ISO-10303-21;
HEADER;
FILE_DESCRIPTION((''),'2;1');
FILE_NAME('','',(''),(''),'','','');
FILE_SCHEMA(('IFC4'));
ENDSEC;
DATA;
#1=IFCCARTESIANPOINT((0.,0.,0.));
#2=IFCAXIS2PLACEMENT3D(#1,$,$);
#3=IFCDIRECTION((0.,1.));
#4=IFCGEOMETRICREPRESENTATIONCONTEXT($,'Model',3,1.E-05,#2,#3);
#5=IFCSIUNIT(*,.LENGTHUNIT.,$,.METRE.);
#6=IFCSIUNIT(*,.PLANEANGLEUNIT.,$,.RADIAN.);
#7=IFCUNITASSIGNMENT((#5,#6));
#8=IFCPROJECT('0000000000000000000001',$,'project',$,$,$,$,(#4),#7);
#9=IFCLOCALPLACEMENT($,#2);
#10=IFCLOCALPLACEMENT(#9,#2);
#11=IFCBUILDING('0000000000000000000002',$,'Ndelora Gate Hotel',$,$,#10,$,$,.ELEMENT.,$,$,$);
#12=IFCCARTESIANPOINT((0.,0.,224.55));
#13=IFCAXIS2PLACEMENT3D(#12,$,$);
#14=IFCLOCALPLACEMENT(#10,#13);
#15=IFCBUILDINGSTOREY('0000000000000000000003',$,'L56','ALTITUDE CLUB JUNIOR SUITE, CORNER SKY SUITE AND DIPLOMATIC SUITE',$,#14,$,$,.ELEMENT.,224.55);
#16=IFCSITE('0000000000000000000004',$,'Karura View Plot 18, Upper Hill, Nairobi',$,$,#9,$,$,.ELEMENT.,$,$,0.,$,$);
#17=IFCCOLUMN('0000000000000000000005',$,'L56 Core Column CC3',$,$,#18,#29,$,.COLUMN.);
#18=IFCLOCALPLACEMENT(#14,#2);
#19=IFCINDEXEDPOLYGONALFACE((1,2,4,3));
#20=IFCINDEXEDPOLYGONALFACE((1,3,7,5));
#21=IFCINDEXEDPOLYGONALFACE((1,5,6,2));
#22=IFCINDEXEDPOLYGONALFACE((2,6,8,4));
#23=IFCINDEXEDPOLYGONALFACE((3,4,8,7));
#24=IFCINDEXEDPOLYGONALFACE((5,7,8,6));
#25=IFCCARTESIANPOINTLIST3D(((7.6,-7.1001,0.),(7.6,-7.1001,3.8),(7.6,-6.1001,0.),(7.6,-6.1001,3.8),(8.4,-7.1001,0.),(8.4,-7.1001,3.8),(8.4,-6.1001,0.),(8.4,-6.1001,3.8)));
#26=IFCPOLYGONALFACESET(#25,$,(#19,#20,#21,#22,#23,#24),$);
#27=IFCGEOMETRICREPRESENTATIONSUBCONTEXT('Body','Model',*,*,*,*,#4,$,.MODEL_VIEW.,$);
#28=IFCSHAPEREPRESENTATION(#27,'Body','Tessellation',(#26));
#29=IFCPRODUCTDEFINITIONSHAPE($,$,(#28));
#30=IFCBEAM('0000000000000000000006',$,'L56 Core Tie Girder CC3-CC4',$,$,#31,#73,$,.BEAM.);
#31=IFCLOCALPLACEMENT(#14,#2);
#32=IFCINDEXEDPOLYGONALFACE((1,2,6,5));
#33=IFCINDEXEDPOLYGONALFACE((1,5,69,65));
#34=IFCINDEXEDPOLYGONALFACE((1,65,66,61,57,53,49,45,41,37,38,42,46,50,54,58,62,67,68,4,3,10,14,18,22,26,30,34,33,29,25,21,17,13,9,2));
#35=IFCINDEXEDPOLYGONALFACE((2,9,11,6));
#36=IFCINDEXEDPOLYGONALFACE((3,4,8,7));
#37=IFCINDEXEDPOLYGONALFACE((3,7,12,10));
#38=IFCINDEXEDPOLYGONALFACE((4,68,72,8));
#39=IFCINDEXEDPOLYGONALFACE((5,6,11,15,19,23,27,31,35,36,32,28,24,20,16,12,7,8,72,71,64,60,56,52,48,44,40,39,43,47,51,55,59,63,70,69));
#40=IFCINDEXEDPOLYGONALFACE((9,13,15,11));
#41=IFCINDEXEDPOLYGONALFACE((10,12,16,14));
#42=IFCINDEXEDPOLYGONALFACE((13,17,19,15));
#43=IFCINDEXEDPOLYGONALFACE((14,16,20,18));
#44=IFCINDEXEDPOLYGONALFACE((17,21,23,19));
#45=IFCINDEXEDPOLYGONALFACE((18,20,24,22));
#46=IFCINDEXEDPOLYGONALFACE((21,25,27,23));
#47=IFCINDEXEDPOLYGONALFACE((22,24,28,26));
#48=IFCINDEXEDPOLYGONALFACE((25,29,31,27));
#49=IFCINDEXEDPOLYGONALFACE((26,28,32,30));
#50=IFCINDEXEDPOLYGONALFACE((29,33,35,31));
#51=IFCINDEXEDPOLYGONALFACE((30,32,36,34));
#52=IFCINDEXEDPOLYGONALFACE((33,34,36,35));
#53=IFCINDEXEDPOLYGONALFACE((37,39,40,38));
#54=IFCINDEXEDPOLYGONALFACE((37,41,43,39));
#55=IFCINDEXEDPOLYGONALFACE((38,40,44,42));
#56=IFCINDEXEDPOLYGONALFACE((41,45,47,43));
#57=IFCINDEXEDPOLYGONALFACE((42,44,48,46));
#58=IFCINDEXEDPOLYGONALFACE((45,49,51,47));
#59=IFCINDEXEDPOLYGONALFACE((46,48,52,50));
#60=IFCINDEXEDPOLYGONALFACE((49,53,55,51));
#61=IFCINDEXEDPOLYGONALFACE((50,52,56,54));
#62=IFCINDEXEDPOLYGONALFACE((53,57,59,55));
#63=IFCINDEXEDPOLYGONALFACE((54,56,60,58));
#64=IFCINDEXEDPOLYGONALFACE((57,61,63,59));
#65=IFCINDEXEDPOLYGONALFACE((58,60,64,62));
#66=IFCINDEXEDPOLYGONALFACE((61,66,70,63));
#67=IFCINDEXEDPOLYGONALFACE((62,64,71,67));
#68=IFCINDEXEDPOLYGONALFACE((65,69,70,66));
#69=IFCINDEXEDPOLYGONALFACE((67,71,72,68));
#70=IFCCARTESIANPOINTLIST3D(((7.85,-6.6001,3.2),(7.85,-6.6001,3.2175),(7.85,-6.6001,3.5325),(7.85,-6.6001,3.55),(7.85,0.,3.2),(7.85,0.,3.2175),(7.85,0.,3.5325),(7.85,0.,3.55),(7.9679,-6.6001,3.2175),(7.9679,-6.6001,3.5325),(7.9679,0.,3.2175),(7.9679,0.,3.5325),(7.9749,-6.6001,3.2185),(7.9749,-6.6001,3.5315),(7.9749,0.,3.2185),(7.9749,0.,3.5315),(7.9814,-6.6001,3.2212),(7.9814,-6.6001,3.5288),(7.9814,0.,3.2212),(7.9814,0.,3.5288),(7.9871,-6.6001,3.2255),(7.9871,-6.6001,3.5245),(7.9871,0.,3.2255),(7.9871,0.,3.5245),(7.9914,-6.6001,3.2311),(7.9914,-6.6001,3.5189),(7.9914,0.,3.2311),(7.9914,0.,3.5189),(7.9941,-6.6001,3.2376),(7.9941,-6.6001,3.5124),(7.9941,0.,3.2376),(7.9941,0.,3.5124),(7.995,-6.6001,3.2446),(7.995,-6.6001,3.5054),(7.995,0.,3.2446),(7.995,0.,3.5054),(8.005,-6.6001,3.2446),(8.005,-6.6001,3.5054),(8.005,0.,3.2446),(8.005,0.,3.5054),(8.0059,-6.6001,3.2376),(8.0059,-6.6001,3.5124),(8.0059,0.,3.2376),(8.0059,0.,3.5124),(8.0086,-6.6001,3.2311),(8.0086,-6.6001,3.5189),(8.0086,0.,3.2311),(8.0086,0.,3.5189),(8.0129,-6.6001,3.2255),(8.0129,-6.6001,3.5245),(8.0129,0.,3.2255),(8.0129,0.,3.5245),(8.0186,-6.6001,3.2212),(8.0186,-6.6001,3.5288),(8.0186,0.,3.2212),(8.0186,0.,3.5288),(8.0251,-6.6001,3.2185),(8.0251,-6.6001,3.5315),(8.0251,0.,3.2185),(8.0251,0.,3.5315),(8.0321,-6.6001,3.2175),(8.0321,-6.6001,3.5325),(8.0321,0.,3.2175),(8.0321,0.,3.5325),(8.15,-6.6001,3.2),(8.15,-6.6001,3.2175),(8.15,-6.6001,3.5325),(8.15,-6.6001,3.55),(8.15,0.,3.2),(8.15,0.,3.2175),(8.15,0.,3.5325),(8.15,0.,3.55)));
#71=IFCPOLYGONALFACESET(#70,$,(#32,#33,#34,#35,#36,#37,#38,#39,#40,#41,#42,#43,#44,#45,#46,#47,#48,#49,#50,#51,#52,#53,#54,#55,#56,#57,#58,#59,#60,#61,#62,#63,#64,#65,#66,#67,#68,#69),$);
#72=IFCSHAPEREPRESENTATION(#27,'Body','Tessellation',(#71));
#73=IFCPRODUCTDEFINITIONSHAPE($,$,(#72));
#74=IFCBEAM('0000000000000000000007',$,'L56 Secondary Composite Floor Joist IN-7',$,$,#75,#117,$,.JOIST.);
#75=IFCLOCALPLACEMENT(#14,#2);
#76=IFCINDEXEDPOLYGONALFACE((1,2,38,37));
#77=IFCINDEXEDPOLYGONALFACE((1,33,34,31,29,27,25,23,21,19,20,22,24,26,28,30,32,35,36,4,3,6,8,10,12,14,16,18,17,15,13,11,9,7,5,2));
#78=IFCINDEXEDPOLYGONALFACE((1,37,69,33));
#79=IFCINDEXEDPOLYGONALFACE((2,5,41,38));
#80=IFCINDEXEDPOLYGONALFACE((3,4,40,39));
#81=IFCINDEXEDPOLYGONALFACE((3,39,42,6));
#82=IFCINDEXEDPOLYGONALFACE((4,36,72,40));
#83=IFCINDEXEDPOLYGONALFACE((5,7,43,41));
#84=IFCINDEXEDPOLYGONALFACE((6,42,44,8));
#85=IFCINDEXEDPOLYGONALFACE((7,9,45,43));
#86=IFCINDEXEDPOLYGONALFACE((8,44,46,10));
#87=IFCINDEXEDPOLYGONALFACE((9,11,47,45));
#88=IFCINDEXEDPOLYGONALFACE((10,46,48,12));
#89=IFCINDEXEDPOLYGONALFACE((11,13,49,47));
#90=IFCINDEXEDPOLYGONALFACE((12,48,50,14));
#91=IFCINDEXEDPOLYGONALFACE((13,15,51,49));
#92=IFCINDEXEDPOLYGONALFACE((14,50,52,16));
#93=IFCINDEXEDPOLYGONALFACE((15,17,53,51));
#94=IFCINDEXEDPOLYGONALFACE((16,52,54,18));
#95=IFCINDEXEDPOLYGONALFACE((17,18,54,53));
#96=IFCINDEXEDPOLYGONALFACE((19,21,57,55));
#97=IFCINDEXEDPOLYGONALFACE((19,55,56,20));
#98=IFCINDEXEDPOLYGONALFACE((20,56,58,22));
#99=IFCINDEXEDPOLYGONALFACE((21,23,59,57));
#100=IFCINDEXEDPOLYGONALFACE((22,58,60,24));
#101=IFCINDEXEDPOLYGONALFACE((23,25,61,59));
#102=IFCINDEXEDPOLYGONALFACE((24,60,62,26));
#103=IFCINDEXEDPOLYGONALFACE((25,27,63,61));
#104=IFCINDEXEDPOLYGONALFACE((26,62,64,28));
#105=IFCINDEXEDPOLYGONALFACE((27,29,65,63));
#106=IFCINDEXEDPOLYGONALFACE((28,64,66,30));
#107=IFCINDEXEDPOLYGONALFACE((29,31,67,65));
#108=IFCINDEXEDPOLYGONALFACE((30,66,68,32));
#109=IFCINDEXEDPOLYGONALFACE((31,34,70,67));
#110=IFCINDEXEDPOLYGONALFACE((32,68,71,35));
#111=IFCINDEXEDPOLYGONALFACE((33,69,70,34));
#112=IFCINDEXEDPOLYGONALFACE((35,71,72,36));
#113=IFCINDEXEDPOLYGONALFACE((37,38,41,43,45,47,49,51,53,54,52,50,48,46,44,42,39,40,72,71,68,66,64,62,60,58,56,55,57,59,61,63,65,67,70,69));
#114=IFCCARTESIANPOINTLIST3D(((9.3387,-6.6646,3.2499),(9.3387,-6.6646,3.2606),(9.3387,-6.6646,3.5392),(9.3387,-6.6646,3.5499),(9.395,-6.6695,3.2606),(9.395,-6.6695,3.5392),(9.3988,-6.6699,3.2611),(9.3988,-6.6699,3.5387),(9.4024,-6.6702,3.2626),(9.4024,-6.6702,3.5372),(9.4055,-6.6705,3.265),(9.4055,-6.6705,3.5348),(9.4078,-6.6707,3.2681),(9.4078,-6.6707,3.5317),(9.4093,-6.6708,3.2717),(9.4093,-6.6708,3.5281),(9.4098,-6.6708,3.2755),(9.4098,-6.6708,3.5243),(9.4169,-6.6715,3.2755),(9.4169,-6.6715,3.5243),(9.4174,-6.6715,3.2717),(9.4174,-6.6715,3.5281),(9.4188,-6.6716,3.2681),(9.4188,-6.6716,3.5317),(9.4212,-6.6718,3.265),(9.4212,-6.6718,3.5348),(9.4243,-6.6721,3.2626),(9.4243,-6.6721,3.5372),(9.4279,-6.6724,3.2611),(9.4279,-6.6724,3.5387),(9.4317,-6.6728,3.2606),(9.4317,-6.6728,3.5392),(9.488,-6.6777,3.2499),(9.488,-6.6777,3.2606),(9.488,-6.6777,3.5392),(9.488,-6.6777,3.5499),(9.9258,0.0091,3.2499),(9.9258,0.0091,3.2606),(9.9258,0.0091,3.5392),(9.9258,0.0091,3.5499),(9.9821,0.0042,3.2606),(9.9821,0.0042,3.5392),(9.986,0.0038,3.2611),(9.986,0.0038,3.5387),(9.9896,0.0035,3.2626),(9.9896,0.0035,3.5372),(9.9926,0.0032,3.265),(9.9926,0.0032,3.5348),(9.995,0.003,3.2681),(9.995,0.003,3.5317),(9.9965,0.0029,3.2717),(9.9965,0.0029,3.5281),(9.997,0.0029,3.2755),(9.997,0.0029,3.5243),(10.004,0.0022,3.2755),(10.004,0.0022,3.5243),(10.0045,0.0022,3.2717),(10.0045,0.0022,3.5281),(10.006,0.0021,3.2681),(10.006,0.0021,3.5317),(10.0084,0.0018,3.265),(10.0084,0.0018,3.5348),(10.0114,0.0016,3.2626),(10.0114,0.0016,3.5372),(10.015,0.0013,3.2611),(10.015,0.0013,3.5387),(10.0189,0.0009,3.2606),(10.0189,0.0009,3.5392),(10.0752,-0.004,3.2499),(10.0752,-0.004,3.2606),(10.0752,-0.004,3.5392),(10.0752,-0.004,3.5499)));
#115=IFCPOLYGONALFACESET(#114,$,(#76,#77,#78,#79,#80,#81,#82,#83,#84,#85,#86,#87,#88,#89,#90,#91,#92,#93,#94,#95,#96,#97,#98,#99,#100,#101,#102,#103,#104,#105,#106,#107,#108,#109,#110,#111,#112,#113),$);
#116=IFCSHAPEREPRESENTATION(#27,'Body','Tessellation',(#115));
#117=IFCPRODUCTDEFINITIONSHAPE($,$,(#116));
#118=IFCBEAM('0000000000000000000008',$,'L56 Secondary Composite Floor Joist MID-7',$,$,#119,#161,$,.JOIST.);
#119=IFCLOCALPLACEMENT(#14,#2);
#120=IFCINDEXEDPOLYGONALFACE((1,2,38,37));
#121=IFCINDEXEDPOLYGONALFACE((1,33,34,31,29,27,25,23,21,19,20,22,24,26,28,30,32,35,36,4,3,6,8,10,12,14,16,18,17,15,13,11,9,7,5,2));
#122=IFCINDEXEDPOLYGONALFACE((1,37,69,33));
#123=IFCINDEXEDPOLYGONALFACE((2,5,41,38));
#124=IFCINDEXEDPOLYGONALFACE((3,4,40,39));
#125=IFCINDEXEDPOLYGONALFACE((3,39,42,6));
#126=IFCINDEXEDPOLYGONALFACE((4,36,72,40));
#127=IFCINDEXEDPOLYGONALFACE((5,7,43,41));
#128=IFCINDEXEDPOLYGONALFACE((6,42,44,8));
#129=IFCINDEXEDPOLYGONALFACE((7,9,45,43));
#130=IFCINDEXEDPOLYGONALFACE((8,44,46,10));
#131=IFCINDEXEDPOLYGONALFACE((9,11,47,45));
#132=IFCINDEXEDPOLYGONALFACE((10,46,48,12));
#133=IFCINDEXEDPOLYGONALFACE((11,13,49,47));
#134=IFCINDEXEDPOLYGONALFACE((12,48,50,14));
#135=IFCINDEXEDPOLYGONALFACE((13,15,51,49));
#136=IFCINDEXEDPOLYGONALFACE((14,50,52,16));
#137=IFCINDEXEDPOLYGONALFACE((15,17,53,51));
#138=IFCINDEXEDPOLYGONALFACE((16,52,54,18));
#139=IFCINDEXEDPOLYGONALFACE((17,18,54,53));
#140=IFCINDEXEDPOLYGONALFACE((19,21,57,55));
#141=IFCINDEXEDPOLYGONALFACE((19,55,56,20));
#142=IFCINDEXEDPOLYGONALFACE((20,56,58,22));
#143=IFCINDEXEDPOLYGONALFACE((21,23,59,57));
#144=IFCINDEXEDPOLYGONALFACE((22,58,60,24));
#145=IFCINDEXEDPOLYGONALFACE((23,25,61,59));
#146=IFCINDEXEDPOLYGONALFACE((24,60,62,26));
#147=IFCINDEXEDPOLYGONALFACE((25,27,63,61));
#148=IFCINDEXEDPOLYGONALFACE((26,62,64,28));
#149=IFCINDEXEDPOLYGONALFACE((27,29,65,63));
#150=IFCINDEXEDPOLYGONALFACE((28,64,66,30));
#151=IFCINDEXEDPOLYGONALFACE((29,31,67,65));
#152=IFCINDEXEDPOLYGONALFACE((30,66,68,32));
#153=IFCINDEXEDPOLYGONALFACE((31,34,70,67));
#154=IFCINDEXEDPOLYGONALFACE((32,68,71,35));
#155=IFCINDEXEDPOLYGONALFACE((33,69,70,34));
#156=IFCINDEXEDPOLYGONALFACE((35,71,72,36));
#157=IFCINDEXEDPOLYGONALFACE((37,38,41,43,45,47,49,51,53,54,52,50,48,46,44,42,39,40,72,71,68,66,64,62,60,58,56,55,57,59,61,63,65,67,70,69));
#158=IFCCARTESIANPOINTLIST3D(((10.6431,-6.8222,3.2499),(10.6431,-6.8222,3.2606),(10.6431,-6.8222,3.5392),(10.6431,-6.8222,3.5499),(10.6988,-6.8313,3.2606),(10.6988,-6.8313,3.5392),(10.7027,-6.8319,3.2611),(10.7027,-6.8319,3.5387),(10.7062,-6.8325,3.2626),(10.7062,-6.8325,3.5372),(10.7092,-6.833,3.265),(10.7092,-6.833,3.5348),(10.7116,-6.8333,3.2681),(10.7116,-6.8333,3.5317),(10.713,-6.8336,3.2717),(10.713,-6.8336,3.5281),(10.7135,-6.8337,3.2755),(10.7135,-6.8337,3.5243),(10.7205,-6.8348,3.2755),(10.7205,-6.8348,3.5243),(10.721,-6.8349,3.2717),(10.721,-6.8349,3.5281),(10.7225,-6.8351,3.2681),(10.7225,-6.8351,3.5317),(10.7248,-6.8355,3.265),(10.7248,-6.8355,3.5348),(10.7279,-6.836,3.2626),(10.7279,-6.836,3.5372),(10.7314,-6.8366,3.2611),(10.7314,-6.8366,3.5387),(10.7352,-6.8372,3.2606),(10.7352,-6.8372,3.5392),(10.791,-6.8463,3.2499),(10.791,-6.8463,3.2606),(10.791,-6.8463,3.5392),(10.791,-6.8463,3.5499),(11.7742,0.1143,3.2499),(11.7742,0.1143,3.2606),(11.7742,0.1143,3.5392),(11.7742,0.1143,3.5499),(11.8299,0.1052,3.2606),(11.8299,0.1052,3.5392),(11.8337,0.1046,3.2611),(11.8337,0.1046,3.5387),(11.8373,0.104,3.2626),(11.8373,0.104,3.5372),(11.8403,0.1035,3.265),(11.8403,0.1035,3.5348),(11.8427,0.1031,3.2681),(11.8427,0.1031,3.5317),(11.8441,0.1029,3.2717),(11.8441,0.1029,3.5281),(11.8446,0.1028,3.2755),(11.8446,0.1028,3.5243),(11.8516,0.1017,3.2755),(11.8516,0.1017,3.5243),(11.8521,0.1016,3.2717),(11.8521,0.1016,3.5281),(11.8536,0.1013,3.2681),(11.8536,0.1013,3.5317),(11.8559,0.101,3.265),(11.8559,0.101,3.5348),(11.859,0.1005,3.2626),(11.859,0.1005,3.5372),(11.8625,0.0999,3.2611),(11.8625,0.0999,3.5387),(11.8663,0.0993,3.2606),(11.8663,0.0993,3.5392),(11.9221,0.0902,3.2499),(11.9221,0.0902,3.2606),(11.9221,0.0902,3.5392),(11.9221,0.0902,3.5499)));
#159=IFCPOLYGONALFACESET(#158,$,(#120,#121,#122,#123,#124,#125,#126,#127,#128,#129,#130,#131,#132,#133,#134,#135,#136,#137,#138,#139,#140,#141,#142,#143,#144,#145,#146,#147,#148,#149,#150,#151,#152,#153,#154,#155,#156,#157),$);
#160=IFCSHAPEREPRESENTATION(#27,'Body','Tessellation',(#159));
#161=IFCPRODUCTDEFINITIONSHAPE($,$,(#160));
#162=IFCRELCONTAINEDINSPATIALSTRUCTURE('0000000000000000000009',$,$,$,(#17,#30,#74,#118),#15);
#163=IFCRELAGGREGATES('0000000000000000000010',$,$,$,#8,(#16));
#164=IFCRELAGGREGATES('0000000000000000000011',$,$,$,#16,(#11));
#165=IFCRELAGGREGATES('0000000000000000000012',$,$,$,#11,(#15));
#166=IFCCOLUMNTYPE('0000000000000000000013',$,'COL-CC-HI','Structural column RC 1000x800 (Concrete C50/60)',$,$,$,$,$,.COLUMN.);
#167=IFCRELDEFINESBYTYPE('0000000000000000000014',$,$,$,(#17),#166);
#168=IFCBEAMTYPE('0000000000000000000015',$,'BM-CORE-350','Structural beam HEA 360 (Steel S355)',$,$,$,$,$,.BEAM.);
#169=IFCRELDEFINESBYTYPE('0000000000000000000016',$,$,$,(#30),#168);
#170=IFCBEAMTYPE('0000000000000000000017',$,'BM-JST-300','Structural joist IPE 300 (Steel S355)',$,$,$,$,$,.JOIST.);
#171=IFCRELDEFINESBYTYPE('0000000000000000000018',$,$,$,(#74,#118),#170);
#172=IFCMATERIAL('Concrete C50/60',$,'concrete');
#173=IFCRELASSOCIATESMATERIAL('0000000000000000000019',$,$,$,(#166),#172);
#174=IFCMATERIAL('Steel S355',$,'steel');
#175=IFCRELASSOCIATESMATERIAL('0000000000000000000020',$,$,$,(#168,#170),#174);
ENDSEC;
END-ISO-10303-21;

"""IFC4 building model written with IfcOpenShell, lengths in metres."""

from ifc_helpers import new_model, si_unit, direction, frame, origin, origin_2d, place, context, subcontext, project, spatial, rectangle, i_section, extrude, material, material_profile, profile_set, type_object, element, save


model = new_model("IFC4")

# Units and contexts
model_context = context("Model", 3, precision=1e-05, world=origin(), true_north=direction((0.0, 1.0)))
body_context = subcontext(model_context, "Body", "Model", "MODEL_VIEW")
ifc_project = project(units=[si_unit("LENGTHUNIT", "METRE"), si_unit("PLANEANGLEUNIT", "RADIAN")], contexts=[model_context])

# Site, building, storey
site_placement = place(None, origin())
site = spatial("IfcSite", under=ifc_project, at=site_placement, Name="Karura View Plot 18, Upper Hill, Nairobi", CompositionType="ELEMENT", RefElevation=0.0)
building_placement = place(site_placement, origin())
building = spatial("IfcBuilding", under=site, at=building_placement, Name="Ndelora Gate Hotel", CompositionType="ELEMENT")
storey_placement = place(building_placement, frame((0.0, 0.0, 224.55)))
storey = spatial("IfcBuildingStorey", under=building, at=storey_placement, Name="L56", Description="ALTITUDE CLUB JUNIOR SUITE, CORNER SKY SUITE AND DIPLOMATIC SUITE", CompositionType="ELEMENT", Elevation=224.55)

# Column
ifc_material_1 = material(Name="Concrete C50/60", Category="concrete")
ifc_material_profile_1 = material_profile(ifc_material_1, rectangle(XDim=0.8, YDim=1.0, at=origin_2d()), Name="RC 1000x800")
ifc_profile_set_1 = profile_set([ifc_material_profile_1], Name="Concrete C50/60")
column_type = type_object("IfcColumnType", Name="COL-CC-HI", Description="Structural column RC 1000x800 (Concrete C50/60)", PredefinedType="COLUMN", material=ifc_profile_set_1)
column_placement = place(storey_placement, frame((8.0, -6.6001, 0.0), z_axis=(0.0, 0.0, 1.0), x_axis=(1.0, 0.0, 0.0)))
element("IfcColumn", 1, at=column_placement, inside=storey, type_object=column_type, Name="L56 Core Column CC3", PredefinedType="COLUMN", context=body_context, shape_type="SweptSolid", body=[
    extrude(rectangle(XDim=0.8, YDim=1.0, at=origin_2d()), origin(), (0.0, 0.0, 1.0), 3.8),
])

# Beams
ifc_material_2 = material(Name="Steel S355", Category="steel")
ifc_material_profile_2 = material_profile(ifc_material_2, i_section(OverallWidth=0.3, OverallDepth=0.3501, WebThickness=0.01, FlangeThickness=0.0176, FilletRadius=0.0271, at=origin_2d()), Name="HEA 360")
ifc_profile_set_2 = profile_set([ifc_material_profile_2], Name="Steel S355")
beam_type_1 = type_object("IfcBeamType", Name="BM-CORE-350", Description="Structural beam HEA 360 (Steel S355)", PredefinedType="BEAM", material=ifc_profile_set_2)
beam_1_placement = place(storey_placement, frame((8.0, -6.6001, 3.375), z_axis=(0.0, 1.0, 0.0), x_axis=(-1.0, 0.0, 0.0)))
element("IfcBeam", 2, at=beam_1_placement, inside=storey, type_object=beam_type_1, Name="L56 Core Tie Girder CC3-CC4", PredefinedType="BEAM", context=body_context, shape_type="SweptSolid", body=[
    extrude(i_section(OverallWidth=0.3, OverallDepth=0.3501, WebThickness=0.01, FlangeThickness=0.0176, FilletRadius=0.0271, at=origin_2d()), origin(), (0.0, 0.0, 1.0), 6.6001),
])
ifc_material_profile_3 = material_profile(ifc_material_2, i_section(OverallWidth=0.1499, OverallDepth=0.3, WebThickness=0.0071, FlangeThickness=0.0107, FilletRadius=0.0149, at=origin_2d()), Name="IPE 300")
ifc_profile_set_3 = profile_set([ifc_material_profile_3], Name="Steel S355")
beam_type_2 = type_object("IfcBeamType", Name="BM-JST-300", Description="Structural joist IPE 300 (Steel S355)", PredefinedType="JOIST", material=ifc_profile_set_3)
beam_2_placement = place(storey_placement, frame((9.4133, -6.6711, 3.3999), z_axis=(0.087644, 0.996152, 0.0), x_axis=(-0.996152, 0.087644, 0.0)))
element("IfcBeam", 3, at=beam_2_placement, inside=storey, type_object=beam_type_2, Name="L56 Secondary Composite Floor Joist IN-7", PredefinedType="JOIST", context=body_context, shape_type="SweptSolid", body=[
    extrude(i_section(OverallWidth=0.1499, OverallDepth=0.3, WebThickness=0.0071, FlangeThickness=0.0107, FilletRadius=0.0149, at=origin_2d()), origin(), (0.0, 0.0, 1.0), 6.6995),
])
beam_3_placement = place(storey_placement, frame((10.717, -6.8342, 3.3999), z_axis=(0.160939, 0.986964, 0.0), x_axis=(-0.986964, 0.160939, 0.0)))
element("IfcBeam", 4, at=beam_3_placement, inside=storey, type_object=beam_type_2, Name="L56 Secondary Composite Floor Joist MID-7", PredefinedType="JOIST", context=body_context, shape_type="SweptSolid", body=[
    extrude(i_section(OverallWidth=0.1499, OverallDepth=0.3, WebThickness=0.0071, FlangeThickness=0.0107, FilletRadius=0.0149, at=origin_2d()), origin(), (0.0, 0.0, 1.0), 7.0281),
])

save(model, "model.ifc")
